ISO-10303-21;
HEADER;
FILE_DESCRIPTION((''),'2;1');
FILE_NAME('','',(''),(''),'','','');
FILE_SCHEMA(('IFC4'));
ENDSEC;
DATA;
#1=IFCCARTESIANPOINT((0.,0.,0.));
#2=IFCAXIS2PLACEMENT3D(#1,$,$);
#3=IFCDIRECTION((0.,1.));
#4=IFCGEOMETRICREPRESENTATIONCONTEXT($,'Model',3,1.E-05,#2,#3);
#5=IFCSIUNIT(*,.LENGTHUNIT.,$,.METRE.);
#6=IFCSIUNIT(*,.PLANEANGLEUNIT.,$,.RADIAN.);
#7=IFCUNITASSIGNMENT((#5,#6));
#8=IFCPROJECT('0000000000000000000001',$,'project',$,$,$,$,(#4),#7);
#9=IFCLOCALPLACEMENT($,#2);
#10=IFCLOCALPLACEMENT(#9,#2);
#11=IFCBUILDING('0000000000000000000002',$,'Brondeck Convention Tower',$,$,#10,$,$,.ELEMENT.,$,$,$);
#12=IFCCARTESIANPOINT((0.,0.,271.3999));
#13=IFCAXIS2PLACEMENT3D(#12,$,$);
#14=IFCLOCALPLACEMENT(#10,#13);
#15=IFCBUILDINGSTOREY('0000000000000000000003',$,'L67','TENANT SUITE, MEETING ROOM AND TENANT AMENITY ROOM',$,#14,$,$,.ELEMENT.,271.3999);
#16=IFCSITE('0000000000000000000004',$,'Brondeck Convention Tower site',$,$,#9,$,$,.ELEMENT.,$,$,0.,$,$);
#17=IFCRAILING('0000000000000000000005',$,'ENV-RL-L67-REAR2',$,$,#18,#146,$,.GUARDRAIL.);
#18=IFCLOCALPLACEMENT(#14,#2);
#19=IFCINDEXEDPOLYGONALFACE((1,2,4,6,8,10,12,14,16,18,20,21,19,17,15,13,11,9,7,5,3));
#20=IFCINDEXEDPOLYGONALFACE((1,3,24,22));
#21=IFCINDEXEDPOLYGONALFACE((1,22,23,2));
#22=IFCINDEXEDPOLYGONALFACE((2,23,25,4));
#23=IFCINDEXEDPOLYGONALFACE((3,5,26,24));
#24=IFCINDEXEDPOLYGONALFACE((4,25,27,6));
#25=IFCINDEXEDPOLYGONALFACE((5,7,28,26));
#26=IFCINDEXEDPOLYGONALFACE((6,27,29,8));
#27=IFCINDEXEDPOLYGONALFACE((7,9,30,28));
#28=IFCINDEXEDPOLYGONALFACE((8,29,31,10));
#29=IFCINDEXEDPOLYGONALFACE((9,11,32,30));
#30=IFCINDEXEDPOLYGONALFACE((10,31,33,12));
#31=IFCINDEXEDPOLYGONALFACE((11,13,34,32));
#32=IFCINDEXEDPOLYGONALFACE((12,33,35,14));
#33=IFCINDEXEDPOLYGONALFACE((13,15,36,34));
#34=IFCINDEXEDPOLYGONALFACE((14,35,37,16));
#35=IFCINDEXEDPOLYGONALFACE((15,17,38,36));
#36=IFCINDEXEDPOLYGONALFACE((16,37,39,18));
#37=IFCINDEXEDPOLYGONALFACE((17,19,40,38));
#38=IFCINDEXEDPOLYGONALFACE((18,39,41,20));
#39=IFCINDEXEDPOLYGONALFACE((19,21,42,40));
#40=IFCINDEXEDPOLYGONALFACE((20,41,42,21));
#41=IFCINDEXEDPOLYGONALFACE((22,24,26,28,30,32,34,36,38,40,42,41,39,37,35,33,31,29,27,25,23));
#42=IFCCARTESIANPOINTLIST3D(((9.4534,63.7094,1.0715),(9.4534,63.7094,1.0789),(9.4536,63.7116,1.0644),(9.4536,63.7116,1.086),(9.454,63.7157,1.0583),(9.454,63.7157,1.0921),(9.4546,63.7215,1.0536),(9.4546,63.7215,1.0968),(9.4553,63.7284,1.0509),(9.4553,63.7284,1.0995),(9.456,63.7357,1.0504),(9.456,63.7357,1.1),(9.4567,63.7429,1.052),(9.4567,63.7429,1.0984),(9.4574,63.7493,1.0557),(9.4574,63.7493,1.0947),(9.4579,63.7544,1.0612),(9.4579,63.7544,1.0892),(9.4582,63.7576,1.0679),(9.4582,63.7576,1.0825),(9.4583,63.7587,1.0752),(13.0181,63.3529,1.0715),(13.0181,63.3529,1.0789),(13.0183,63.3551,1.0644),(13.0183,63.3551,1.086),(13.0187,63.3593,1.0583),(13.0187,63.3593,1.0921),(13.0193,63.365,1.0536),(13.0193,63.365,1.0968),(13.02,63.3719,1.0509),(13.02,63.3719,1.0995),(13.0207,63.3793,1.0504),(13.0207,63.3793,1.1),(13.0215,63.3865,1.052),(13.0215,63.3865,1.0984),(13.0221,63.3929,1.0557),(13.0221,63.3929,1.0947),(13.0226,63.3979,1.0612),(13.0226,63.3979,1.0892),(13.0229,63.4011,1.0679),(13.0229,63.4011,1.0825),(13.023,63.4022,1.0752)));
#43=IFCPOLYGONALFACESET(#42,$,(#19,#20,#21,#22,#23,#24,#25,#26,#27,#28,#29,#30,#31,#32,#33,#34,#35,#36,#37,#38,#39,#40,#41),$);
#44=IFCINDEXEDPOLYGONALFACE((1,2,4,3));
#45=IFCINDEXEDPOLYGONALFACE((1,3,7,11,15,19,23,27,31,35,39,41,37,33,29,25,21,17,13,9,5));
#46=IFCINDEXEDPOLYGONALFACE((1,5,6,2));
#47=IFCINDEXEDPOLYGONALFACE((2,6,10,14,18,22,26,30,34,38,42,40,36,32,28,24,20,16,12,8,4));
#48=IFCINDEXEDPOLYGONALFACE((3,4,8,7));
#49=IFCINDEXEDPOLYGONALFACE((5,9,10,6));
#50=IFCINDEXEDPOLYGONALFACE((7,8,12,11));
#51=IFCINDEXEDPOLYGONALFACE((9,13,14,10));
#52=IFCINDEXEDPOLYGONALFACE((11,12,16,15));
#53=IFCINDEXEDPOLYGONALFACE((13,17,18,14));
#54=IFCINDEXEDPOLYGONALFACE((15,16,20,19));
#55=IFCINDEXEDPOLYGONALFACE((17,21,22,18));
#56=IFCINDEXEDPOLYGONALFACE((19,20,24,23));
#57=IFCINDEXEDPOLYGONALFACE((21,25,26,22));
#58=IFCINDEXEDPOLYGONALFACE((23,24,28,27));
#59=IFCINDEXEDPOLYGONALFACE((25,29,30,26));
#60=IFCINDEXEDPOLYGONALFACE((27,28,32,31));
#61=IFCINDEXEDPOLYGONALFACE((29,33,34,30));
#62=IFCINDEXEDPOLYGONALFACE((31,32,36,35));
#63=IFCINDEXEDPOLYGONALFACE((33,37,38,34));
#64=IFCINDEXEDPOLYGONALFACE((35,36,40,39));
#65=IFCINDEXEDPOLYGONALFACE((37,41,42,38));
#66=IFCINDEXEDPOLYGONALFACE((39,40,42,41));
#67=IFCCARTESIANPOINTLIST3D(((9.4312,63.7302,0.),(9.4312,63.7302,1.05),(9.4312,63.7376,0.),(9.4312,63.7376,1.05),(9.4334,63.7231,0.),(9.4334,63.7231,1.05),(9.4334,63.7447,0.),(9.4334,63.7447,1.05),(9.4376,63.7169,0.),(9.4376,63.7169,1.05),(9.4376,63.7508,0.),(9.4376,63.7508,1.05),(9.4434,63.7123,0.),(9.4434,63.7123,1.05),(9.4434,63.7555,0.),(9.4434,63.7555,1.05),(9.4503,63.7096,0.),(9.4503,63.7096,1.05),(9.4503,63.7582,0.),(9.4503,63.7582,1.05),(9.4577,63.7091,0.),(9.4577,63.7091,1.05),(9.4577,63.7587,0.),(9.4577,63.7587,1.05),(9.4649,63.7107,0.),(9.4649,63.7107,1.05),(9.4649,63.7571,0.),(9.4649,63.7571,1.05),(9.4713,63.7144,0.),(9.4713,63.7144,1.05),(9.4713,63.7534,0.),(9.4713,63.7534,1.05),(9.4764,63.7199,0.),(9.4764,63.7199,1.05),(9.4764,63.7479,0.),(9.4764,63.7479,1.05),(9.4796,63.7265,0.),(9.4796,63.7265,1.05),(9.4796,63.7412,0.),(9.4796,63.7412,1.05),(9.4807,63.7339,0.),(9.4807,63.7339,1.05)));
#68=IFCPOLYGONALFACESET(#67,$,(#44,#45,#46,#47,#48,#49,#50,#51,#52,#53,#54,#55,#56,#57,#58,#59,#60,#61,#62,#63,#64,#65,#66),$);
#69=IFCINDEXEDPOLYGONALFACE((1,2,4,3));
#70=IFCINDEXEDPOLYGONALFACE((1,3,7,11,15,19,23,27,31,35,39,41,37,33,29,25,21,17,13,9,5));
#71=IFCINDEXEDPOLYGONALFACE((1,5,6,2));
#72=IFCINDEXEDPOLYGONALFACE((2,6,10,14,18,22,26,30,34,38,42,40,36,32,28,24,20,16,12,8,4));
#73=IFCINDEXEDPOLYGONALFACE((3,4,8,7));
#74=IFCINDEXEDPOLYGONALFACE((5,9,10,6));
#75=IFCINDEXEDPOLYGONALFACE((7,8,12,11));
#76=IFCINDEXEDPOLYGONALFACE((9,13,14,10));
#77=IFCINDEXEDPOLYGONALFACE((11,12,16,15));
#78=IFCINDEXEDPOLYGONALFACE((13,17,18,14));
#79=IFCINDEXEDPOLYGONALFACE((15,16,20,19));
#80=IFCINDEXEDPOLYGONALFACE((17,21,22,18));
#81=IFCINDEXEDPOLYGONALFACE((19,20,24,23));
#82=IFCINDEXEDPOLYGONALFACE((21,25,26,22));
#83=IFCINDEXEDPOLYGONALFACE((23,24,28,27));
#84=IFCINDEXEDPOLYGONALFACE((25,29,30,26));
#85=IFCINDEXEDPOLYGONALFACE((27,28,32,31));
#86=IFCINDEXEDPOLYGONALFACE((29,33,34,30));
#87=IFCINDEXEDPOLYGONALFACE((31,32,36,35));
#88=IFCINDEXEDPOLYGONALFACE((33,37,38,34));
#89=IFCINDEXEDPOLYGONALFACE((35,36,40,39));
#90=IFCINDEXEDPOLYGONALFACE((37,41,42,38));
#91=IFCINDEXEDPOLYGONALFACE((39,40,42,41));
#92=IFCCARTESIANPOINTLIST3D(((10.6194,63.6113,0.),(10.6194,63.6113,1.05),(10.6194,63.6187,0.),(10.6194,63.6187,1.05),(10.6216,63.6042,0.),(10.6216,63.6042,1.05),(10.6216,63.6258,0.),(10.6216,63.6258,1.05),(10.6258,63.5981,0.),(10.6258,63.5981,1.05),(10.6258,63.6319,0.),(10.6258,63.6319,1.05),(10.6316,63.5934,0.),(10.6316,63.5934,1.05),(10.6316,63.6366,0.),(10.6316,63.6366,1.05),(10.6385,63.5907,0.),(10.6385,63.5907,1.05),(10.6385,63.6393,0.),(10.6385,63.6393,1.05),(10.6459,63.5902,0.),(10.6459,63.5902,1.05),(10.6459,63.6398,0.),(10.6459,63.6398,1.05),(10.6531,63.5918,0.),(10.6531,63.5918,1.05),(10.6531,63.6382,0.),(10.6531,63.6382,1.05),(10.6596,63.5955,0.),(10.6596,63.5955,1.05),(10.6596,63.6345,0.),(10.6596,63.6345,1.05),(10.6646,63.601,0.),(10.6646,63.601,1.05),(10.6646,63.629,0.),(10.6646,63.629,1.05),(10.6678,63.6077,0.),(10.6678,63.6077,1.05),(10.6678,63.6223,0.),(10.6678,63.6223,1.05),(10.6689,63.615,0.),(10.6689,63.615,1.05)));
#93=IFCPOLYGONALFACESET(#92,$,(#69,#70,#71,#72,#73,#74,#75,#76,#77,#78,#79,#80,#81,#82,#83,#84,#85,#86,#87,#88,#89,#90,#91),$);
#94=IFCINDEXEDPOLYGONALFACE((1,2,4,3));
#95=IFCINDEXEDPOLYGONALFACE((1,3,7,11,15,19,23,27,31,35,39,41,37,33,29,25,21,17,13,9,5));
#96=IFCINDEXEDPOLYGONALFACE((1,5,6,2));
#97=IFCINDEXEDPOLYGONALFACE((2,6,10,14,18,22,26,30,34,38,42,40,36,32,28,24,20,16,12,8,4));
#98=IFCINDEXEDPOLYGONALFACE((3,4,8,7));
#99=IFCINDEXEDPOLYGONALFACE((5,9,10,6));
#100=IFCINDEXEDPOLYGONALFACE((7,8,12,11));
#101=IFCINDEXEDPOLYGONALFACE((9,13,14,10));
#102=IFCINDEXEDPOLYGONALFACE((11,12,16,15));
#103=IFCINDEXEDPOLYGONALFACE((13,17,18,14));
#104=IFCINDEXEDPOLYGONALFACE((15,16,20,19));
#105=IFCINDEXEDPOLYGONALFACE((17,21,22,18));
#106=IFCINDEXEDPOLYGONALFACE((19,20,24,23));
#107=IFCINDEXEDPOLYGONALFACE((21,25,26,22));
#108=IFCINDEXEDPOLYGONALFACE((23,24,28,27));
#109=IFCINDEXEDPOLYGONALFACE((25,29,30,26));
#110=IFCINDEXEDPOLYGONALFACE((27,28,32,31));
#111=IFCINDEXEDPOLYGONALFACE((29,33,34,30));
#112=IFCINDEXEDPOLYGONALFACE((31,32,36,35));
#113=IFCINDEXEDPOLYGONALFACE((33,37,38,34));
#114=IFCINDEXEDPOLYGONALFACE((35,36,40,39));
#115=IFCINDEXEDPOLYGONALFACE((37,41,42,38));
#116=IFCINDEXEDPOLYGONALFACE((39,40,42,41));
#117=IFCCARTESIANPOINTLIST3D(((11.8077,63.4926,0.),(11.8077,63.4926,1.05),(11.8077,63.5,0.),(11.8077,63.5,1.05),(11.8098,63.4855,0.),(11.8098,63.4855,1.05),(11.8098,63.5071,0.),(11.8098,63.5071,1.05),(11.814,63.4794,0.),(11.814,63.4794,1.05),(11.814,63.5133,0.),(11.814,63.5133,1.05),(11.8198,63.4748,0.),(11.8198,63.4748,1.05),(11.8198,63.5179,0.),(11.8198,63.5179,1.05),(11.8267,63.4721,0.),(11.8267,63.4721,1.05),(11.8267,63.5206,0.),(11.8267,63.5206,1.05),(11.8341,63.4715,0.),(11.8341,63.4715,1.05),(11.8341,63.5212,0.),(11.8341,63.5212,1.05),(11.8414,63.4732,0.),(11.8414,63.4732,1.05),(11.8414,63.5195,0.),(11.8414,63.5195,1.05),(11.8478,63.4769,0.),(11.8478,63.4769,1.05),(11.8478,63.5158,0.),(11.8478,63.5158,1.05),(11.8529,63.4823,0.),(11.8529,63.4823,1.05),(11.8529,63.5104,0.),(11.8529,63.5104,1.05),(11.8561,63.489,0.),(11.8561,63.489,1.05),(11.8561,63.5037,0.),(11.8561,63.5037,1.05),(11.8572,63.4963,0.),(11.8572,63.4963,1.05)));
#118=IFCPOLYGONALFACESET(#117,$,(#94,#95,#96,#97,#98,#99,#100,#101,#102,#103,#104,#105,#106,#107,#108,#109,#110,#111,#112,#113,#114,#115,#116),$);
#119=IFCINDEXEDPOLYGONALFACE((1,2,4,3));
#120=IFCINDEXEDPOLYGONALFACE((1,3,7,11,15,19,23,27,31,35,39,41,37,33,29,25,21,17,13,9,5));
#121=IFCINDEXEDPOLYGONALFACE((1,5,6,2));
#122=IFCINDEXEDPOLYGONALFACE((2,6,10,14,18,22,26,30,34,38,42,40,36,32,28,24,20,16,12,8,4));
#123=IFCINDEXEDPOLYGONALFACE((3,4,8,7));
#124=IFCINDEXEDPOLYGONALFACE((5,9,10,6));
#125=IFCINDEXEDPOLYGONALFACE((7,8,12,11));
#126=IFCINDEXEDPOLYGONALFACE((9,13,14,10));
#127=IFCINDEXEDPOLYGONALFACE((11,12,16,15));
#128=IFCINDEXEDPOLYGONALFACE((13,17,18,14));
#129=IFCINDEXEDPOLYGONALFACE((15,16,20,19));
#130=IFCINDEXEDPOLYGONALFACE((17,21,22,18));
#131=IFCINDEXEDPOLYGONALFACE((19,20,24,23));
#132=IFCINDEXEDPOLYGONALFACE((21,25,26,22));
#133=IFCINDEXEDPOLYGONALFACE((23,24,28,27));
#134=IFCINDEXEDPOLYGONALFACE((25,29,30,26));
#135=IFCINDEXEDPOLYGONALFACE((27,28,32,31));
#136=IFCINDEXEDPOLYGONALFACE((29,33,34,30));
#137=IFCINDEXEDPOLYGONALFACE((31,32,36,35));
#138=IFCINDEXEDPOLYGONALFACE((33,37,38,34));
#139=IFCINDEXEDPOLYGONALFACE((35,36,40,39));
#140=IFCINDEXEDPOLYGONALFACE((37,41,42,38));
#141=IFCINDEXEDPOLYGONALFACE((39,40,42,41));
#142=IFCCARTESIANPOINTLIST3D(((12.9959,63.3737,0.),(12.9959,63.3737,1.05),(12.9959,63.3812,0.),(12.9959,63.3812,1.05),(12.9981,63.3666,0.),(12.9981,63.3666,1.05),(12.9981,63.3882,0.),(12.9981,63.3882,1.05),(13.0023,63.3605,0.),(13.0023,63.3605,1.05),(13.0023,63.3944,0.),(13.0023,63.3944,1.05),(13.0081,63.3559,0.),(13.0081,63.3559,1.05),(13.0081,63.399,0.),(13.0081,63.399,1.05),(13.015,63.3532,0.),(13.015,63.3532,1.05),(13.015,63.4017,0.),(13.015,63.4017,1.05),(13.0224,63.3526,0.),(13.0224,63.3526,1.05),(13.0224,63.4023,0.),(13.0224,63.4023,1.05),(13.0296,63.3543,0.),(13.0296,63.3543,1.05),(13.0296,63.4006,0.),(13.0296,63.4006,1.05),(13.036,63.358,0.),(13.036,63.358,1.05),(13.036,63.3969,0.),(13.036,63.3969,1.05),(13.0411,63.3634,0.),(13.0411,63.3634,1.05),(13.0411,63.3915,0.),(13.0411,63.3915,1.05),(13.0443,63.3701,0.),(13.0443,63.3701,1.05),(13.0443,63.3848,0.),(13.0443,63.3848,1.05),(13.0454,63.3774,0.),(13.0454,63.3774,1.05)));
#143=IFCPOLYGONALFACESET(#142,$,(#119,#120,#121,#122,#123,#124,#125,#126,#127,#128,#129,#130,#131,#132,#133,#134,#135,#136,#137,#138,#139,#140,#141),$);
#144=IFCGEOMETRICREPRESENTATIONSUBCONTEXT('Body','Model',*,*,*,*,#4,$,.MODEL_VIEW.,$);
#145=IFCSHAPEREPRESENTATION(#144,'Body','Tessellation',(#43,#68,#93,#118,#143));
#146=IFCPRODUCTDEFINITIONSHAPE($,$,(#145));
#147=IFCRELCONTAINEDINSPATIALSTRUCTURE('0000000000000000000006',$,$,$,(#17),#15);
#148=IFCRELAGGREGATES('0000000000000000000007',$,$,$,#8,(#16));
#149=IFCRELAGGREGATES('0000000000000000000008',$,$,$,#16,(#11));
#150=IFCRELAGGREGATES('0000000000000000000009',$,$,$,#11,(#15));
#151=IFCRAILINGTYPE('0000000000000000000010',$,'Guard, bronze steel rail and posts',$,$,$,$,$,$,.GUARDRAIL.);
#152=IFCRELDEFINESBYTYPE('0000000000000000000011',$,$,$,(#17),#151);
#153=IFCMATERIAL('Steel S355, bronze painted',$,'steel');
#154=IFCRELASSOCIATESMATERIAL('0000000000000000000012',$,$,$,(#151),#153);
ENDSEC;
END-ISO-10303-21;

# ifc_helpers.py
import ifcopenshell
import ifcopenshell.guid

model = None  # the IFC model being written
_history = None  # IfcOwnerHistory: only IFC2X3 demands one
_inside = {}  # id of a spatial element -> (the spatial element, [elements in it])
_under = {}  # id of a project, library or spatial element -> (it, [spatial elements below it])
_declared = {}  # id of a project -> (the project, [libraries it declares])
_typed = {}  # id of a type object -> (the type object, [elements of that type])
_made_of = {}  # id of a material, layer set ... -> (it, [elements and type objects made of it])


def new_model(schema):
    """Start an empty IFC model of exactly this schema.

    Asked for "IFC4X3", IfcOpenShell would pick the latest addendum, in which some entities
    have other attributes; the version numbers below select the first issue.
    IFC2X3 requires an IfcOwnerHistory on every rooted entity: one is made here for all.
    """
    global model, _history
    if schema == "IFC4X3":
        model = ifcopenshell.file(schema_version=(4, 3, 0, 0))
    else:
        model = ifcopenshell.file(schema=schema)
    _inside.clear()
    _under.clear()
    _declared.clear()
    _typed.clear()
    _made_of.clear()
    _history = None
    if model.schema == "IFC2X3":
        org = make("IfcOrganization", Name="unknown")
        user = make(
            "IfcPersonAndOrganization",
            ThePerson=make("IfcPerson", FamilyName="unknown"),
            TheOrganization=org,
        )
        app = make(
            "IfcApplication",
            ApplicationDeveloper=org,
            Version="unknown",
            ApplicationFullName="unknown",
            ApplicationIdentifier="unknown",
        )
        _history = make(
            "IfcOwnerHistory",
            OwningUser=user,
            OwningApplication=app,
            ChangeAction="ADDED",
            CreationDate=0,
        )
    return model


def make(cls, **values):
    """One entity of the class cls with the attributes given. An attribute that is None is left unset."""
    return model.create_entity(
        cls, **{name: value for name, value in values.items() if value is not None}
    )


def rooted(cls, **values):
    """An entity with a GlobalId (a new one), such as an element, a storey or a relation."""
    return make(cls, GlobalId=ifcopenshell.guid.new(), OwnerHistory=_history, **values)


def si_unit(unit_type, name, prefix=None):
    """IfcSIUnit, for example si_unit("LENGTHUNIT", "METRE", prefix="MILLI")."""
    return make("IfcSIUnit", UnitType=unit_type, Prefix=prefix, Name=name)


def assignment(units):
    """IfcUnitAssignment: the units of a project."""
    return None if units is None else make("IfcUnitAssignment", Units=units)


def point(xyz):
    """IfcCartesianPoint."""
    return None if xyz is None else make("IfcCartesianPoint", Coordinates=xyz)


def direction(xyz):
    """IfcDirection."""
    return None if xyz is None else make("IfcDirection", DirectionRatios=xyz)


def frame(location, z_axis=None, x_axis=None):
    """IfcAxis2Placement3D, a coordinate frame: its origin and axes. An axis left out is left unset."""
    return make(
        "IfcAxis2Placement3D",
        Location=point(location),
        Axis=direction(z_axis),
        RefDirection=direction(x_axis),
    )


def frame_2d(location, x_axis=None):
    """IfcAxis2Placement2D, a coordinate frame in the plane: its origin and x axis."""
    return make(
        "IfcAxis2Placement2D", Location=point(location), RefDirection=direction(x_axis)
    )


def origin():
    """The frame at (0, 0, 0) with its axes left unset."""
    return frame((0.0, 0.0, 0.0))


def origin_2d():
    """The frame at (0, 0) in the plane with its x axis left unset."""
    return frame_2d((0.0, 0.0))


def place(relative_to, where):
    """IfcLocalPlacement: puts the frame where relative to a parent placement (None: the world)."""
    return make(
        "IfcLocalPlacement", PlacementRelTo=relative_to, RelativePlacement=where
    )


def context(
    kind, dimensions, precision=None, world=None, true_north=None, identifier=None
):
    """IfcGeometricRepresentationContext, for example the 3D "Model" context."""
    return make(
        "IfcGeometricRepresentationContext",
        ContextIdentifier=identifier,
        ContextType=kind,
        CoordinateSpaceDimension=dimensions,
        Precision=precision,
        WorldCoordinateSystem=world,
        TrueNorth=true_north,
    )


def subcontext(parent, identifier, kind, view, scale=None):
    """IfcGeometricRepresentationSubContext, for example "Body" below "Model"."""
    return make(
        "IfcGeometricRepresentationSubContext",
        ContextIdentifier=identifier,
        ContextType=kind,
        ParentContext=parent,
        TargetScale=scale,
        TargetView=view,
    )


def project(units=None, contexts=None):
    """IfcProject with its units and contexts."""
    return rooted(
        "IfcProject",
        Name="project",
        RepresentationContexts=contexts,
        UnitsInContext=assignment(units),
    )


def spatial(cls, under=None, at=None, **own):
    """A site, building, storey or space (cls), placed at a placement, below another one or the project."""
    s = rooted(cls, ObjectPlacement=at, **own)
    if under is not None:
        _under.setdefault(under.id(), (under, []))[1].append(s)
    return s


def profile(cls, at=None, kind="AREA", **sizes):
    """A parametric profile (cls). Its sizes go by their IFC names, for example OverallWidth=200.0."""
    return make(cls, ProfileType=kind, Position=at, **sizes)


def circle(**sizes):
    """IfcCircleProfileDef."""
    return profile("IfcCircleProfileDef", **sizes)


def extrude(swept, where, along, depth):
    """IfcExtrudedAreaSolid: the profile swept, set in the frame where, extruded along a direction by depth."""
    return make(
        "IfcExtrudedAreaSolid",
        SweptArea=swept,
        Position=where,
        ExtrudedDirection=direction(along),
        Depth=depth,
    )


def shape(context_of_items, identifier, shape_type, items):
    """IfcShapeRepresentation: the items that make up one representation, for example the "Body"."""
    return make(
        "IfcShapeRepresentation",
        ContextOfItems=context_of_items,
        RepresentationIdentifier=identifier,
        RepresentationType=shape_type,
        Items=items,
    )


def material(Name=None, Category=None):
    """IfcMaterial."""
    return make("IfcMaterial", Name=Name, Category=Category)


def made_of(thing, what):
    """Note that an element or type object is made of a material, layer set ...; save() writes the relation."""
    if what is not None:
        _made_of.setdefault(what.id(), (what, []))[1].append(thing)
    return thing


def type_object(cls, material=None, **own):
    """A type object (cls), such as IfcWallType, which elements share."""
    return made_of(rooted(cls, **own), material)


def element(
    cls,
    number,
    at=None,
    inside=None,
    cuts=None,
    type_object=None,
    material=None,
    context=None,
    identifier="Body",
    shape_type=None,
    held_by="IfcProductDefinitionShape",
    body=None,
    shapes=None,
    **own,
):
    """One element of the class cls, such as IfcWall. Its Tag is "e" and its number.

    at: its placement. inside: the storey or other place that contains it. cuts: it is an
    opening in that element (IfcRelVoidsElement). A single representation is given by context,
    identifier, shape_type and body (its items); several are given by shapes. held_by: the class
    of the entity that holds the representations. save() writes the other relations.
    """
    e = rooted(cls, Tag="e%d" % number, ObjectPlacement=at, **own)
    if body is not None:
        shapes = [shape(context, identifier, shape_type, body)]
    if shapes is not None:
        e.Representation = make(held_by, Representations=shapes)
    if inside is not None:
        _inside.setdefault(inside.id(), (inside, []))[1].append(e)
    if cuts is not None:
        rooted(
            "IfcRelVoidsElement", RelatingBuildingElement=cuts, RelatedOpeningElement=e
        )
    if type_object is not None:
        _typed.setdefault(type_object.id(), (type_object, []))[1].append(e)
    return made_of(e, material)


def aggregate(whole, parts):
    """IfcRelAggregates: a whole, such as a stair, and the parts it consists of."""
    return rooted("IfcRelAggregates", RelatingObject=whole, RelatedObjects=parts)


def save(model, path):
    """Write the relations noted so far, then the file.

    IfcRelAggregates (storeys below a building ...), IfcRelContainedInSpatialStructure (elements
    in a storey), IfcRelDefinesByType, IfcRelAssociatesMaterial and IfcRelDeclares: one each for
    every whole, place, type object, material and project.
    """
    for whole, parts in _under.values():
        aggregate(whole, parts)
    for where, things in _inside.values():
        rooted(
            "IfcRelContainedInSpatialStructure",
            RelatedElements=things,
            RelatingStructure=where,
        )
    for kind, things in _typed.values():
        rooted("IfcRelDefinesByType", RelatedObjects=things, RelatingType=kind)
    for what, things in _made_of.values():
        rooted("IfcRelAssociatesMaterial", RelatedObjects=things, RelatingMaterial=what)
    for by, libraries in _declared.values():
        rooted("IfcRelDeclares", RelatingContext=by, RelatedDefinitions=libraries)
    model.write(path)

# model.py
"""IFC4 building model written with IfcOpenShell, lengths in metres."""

from ifc_helpers import new_model, si_unit, direction, frame, origin, origin_2d, place, context, subcontext, project, spatial, circle, extrude, material, type_object, element, save


model = new_model("IFC4")

# Units and contexts
model_context = context("Model", 3, precision=1e-05, world=origin(), true_north=direction((0.0, 1.0)))
body_context = subcontext(model_context, "Body", "Model", "MODEL_VIEW")
ifc_project = project(units=[si_unit("LENGTHUNIT", "METRE"), si_unit("PLANEANGLEUNIT", "RADIAN")], contexts=[model_context])

# Site, building, storey
site_placement = place(None, origin())
site = spatial("IfcSite", under=ifc_project, at=site_placement, Name="Brondeck Convention Tower site", CompositionType="ELEMENT", RefElevation=0.0)
building_placement = place(site_placement, origin())
building = spatial("IfcBuilding", under=site, at=building_placement, Name="Brondeck Convention Tower", CompositionType="ELEMENT")
storey_placement = place(building_placement, frame((0.0, 0.0, 271.3999)))
storey = spatial("IfcBuildingStorey", under=building, at=storey_placement, Name="L67", Description="TENANT SUITE, MEETING ROOM AND TENANT AMENITY ROOM", CompositionType="ELEMENT", Elevation=271.3999)

# Railing
ifc_material_1 = material(Name="Steel S355, bronze painted", Category="steel")
railing_type_1 = type_object("IfcRailingType", Name="Guard, bronze steel rail and posts", PredefinedType="GUARDRAIL", material=ifc_material_1)
railing_1_placement = place(storey_placement, frame((9.4558, 63.7339, 0.0)))
element("IfcRailing", 1, at=railing_1_placement, inside=storey, type_object=railing_type_1, Name="ENV-RL-L67-REAR2", PredefinedType="GUARDRAIL", context=body_context, shape_type="SweptSolid", body=[
    extrude(circle(Radius=0.0249, at=origin_2d()), frame((0.0, 0.0, 1.0752), z_axis=(0.995038, -0.099497, 0.0), x_axis=(0.099497, 0.995038, 0.0)), (0.0, 0.0, 1.0), 3.5825),
    extrude(circle(Radius=0.0249, at=origin_2d()), origin(), (0.0, 0.0, 1.0), 1.05),
    extrude(circle(Radius=0.0249, at=origin_2d()), frame((1.1882, -0.1189, 0.0)), (0.0, 0.0, 1.0), 1.05),
    extrude(circle(Radius=0.0249, at=origin_2d()), frame((2.3765, -0.2375, 0.0)), (0.0, 0.0, 1.0), 1.05),
    extrude(circle(Radius=0.0249, at=origin_2d()), frame((3.5647, -0.3564, 0.0)), (0.0, 0.0, 1.0), 1.05),
])

save(model, "model.ifc")
